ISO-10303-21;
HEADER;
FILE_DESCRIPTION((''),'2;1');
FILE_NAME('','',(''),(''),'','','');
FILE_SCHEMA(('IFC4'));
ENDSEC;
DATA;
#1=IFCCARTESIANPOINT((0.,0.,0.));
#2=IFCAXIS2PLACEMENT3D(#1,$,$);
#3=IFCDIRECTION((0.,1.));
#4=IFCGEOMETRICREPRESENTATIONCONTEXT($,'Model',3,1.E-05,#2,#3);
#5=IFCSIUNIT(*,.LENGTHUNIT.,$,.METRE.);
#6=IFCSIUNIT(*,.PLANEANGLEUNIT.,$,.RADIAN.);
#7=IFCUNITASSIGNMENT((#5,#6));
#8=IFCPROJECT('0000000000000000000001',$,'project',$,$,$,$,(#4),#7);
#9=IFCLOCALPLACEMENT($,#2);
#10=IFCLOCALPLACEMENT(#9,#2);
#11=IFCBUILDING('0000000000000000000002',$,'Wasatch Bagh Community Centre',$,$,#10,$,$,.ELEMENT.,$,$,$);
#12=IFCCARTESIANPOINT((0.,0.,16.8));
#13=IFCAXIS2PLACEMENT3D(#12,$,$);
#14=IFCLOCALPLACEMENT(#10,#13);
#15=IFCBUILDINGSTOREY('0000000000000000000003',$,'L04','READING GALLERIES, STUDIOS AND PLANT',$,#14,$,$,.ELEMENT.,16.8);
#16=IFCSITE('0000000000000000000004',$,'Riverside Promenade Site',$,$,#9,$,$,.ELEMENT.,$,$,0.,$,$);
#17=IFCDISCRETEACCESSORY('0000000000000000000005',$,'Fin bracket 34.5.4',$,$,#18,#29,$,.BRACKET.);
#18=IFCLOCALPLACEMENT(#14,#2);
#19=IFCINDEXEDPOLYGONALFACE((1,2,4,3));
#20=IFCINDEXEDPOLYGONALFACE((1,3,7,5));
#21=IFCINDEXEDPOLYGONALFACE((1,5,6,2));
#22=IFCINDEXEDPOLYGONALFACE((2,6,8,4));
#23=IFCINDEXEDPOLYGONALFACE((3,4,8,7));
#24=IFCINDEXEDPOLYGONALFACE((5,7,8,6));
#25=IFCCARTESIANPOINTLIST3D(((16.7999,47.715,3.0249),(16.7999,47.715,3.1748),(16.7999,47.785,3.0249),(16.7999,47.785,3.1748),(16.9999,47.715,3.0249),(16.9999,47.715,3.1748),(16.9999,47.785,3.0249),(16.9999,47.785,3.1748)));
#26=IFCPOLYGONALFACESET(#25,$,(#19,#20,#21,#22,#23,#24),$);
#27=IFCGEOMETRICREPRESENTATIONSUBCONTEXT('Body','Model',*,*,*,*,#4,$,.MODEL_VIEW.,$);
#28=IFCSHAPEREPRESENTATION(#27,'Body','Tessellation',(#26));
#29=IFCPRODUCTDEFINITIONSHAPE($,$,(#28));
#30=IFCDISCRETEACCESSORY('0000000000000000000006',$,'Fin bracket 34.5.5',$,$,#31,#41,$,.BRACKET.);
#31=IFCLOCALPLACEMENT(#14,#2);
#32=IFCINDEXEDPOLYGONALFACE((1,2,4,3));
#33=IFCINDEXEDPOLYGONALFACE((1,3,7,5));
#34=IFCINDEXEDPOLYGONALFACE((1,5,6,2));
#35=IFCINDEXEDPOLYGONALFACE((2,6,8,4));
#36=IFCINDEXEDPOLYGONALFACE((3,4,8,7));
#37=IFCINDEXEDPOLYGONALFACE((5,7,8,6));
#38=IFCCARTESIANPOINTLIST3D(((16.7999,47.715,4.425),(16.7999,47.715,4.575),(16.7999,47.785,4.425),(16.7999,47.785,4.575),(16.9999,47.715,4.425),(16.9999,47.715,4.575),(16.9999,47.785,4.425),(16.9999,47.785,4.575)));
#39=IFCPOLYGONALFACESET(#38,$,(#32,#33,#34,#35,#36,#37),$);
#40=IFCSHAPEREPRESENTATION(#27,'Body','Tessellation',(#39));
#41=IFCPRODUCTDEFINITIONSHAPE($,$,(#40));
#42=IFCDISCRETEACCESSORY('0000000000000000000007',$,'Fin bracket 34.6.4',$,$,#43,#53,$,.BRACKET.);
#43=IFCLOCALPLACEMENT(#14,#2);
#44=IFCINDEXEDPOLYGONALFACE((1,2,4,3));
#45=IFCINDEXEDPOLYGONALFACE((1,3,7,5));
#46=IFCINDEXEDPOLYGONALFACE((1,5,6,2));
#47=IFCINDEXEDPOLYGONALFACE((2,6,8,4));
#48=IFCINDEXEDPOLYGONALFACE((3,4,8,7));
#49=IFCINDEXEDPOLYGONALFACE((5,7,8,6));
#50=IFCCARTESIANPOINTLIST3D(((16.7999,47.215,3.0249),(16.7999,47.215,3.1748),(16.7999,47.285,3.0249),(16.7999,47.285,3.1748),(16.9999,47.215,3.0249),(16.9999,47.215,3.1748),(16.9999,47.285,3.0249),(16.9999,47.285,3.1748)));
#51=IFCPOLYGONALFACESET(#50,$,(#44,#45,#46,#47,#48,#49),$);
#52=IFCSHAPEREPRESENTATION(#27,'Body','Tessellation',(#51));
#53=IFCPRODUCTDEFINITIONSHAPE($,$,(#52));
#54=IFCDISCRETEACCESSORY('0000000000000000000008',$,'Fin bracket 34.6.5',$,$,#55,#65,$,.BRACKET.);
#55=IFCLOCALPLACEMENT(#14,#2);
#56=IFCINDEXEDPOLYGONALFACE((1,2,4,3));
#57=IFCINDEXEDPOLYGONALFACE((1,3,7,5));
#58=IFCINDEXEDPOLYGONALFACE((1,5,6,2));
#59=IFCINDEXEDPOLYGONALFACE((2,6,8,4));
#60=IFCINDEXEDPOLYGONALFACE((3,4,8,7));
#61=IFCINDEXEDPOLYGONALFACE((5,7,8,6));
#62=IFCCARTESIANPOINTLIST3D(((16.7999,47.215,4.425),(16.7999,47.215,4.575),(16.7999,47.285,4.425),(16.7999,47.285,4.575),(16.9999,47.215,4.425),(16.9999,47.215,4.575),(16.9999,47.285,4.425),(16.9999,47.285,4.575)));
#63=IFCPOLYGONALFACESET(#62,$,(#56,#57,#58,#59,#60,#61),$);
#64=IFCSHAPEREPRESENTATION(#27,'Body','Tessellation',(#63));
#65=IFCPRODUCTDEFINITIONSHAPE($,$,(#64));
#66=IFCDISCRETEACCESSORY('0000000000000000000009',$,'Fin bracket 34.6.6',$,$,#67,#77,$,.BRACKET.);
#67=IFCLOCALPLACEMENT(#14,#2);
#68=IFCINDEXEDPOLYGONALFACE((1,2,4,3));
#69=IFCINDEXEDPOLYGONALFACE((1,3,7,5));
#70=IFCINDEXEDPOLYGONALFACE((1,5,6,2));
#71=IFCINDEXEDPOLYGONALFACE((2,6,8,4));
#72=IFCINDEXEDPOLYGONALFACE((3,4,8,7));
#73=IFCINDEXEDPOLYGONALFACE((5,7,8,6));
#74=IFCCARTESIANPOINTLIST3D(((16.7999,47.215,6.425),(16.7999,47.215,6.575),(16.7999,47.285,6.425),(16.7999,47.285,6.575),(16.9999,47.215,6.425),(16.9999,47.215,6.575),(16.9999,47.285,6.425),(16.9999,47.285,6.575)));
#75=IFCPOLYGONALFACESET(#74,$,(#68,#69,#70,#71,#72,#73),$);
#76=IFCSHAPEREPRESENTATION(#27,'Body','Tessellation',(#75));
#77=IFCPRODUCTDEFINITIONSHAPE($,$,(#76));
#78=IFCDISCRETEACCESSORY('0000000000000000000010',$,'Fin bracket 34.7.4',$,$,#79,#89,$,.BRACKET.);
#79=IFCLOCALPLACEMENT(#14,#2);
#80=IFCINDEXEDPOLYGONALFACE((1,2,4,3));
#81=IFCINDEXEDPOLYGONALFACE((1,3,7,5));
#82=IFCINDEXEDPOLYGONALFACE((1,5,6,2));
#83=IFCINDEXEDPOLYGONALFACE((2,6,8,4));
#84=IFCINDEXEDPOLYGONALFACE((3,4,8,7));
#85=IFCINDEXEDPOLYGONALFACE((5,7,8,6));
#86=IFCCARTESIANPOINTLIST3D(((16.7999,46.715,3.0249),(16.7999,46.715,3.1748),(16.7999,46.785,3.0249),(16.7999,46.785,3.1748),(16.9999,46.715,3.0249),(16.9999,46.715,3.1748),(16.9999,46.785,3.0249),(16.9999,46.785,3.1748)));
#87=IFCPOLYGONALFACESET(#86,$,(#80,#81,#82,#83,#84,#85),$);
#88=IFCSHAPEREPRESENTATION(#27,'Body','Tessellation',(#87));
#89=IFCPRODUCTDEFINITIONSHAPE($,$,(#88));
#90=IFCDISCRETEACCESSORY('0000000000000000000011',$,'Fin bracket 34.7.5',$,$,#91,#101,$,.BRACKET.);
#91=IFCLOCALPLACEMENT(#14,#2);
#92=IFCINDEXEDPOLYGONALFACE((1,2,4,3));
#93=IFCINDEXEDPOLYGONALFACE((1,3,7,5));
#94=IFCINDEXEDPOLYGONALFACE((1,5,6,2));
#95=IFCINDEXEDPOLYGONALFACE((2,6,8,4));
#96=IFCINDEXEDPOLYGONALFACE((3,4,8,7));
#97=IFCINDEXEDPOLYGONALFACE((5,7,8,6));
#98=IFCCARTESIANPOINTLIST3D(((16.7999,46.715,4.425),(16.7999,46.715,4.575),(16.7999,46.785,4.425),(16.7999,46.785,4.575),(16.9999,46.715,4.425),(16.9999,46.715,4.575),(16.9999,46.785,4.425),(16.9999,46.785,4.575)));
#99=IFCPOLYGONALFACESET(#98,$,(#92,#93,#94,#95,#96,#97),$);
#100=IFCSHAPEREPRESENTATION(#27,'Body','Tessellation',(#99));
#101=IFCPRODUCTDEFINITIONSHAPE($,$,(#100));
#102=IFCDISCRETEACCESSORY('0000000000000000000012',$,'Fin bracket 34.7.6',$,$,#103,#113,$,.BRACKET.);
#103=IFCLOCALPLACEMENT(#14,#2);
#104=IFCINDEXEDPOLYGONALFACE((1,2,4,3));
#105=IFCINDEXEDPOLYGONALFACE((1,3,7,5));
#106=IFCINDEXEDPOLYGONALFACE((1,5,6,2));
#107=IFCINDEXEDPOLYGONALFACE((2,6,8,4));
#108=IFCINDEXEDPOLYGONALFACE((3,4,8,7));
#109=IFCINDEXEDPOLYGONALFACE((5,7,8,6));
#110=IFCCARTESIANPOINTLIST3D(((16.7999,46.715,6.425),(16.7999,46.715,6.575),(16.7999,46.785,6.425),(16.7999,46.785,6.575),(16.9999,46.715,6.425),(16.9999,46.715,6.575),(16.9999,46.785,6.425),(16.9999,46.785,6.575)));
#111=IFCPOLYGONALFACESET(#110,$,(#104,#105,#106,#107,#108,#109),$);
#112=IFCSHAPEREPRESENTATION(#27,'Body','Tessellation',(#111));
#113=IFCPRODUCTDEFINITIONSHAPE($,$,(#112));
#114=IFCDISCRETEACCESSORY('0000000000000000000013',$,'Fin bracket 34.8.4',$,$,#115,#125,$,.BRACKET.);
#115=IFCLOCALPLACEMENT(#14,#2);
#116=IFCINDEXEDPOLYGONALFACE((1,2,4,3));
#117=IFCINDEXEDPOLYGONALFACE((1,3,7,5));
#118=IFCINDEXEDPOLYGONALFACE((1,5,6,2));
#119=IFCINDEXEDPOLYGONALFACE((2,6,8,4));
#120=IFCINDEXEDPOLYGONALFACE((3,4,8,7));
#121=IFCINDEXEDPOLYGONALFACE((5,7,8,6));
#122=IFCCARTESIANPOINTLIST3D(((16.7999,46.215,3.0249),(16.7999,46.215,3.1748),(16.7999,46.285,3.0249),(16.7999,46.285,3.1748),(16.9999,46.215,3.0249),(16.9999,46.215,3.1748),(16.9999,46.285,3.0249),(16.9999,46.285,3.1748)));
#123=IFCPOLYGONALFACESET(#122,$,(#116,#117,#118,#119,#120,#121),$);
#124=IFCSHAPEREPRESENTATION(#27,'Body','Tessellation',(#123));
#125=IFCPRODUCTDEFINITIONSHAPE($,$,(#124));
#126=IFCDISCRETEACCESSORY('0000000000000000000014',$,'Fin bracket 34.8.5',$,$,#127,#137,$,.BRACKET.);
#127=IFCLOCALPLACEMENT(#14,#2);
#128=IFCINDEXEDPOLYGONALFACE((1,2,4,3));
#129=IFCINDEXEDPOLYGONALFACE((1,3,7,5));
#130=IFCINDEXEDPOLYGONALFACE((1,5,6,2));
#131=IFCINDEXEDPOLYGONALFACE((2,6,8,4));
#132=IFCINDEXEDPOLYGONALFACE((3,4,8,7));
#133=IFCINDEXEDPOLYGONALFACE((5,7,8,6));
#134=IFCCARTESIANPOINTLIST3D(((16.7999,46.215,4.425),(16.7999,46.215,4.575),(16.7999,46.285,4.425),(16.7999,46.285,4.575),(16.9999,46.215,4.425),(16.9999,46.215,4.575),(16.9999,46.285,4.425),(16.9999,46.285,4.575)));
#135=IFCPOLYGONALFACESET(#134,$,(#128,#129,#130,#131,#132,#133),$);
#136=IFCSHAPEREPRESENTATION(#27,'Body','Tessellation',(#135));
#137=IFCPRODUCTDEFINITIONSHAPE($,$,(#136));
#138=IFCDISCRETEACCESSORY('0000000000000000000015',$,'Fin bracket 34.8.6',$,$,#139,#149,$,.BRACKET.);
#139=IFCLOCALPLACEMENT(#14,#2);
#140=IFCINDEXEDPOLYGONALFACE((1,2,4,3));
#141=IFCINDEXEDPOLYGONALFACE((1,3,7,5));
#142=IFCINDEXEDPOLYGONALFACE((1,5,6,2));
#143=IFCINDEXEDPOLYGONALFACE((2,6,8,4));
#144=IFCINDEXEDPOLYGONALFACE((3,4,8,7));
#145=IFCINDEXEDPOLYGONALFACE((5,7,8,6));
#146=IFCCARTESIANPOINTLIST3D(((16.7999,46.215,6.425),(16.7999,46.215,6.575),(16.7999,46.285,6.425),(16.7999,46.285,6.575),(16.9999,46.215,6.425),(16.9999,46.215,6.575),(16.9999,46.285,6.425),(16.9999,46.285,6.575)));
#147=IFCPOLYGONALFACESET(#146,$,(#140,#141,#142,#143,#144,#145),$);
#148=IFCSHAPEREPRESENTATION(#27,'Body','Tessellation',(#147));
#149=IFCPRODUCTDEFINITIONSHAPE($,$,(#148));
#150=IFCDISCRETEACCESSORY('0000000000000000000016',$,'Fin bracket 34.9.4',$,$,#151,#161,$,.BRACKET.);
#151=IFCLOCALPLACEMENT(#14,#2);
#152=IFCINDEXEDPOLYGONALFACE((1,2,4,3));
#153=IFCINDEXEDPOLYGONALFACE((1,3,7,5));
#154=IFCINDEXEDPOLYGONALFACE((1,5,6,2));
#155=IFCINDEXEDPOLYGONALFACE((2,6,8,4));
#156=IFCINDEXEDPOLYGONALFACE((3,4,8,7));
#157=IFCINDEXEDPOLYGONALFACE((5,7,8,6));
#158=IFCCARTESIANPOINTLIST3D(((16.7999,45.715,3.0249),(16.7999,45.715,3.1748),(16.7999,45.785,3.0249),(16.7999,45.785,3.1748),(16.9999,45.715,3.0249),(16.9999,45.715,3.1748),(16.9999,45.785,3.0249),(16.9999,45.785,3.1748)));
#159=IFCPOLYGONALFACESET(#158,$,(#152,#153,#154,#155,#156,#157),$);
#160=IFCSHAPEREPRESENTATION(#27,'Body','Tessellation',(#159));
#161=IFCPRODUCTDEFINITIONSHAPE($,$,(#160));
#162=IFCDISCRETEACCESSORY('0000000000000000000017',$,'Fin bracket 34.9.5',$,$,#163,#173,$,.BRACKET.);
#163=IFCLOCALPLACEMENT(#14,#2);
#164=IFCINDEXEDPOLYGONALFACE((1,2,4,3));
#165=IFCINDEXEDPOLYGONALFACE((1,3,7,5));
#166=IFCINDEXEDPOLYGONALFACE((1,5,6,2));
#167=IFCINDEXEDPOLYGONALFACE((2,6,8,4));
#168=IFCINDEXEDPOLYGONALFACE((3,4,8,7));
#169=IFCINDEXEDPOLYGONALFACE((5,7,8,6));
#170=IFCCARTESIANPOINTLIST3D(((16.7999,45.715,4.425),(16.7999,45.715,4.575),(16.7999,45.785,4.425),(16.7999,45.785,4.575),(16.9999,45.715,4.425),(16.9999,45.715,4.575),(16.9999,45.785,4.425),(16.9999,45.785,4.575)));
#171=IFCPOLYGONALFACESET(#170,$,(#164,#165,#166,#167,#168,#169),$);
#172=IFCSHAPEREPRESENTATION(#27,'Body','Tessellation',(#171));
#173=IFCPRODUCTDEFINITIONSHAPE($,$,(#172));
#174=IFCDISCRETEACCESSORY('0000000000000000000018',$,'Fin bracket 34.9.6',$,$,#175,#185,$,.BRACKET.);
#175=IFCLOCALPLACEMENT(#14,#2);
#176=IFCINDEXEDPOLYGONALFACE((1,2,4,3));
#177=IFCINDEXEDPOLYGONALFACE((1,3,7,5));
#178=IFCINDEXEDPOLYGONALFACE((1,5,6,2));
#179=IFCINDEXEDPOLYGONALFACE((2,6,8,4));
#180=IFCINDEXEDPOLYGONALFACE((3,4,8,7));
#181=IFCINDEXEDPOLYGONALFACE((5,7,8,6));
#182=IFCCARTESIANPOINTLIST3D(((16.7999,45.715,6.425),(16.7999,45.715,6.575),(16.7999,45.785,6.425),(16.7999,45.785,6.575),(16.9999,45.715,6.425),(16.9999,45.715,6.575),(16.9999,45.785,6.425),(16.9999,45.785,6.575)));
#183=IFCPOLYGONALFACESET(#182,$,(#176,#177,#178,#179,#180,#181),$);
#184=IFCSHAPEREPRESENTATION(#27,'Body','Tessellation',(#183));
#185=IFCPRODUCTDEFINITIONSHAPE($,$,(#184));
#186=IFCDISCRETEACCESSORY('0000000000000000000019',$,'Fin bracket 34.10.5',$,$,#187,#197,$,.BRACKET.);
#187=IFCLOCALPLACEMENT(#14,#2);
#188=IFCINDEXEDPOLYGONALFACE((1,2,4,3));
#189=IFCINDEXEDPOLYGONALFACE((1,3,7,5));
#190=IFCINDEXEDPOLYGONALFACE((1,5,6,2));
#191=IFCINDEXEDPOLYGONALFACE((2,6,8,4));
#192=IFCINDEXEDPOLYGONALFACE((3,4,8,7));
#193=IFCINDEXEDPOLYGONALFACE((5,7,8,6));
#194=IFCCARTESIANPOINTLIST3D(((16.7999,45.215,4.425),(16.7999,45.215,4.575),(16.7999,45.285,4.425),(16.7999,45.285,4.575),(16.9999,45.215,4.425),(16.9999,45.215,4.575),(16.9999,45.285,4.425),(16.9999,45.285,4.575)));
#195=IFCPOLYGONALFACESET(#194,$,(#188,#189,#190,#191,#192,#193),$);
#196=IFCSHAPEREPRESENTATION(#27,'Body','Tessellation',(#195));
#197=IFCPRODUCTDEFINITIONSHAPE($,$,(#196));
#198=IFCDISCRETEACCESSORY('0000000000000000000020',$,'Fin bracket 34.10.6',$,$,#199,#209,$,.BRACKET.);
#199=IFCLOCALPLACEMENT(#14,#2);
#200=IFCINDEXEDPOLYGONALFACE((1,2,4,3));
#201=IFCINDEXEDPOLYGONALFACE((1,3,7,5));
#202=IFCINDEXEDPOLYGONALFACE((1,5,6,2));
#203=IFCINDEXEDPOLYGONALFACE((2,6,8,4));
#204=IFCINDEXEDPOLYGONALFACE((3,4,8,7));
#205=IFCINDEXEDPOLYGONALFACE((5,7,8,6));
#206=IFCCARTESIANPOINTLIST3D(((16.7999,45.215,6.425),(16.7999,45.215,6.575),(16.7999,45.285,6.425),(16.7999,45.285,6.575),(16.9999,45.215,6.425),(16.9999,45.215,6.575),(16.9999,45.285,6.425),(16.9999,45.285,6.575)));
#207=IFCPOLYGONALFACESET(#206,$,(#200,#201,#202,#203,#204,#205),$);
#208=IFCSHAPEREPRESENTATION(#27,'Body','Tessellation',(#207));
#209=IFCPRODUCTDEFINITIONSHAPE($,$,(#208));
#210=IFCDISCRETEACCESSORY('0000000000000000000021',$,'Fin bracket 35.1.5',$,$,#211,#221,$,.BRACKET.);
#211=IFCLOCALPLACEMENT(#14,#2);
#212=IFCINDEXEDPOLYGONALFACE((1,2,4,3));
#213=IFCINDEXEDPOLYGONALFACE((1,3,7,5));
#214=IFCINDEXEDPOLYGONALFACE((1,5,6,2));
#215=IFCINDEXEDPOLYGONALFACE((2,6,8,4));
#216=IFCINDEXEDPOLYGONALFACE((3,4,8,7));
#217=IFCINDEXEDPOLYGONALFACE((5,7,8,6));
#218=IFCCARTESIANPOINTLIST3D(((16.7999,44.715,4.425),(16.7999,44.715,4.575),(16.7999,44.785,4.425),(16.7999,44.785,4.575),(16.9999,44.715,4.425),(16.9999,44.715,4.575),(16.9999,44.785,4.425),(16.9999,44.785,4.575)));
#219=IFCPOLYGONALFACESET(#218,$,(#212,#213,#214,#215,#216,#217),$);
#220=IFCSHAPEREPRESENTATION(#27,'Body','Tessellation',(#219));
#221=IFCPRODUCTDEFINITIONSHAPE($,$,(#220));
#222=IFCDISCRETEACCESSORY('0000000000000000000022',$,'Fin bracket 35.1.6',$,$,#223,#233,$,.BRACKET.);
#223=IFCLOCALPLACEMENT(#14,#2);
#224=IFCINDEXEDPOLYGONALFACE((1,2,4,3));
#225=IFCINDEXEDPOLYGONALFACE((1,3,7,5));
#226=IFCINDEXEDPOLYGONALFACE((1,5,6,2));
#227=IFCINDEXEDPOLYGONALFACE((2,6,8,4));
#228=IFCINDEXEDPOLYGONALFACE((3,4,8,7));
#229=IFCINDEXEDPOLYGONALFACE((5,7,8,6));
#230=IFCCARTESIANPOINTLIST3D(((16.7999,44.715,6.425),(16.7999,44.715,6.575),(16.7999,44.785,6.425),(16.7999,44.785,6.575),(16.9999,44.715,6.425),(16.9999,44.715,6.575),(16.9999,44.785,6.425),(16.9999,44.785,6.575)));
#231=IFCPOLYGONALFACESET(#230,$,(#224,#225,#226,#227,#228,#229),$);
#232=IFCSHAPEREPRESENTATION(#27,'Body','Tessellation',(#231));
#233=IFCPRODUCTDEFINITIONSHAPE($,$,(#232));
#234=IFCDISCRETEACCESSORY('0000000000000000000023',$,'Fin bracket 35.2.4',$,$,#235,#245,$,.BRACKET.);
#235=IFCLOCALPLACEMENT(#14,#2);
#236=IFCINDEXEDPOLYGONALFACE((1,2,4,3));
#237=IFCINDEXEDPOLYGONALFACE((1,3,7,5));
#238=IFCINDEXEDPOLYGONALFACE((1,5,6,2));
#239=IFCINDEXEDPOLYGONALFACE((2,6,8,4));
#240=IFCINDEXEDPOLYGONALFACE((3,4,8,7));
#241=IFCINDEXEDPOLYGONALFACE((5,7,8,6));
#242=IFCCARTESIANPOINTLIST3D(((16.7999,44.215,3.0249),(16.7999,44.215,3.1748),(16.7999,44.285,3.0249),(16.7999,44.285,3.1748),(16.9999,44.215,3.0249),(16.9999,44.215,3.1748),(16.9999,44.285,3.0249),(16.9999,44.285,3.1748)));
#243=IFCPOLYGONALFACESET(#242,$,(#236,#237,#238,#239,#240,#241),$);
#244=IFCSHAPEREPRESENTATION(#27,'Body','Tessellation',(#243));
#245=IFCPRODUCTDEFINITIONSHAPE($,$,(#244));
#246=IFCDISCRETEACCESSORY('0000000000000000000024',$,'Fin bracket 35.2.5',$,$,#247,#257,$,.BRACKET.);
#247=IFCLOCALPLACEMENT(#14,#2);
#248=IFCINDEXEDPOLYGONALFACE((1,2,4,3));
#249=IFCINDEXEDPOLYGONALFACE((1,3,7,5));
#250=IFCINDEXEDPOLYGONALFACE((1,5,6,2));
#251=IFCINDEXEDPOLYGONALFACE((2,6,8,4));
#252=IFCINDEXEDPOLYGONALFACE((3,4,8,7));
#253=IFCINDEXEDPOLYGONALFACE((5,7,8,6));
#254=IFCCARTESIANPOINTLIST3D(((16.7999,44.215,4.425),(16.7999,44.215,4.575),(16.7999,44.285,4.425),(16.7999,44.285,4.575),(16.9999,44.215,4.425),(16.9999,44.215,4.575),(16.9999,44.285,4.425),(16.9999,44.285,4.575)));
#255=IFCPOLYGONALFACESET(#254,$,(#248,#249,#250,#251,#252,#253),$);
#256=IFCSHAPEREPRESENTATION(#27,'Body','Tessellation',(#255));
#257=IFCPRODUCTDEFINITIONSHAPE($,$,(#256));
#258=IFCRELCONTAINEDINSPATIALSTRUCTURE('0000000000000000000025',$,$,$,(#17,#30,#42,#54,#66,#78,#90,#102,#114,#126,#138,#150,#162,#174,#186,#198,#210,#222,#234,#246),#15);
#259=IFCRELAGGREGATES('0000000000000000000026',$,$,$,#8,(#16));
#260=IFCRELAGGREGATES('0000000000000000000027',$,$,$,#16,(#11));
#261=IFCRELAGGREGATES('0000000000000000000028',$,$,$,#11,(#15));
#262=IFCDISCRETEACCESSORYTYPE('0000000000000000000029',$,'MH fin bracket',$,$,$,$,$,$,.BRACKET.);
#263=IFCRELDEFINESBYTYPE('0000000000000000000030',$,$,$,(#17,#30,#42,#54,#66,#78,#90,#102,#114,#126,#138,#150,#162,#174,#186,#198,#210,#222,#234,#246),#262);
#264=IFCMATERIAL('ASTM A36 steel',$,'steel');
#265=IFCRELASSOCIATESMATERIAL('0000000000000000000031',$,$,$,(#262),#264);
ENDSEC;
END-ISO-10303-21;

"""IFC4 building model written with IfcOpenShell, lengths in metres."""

from ifc_helpers import new_model, si_unit, direction, frame, origin, origin_2d, place, context, subcontext, project, spatial, rectangle, extrude, material, type_object, element, save


model = new_model("IFC4")

# Units and contexts
model_context = context("Model", 3, precision=1e-05, world=origin(), true_north=direction((0.0, 1.0)))
body_context = subcontext(model_context, "Body", "Model", "MODEL_VIEW")
ifc_project = project(units=[si_unit("LENGTHUNIT", "METRE"), si_unit("PLANEANGLEUNIT", "RADIAN")], contexts=[model_context])

# Site, building, storey
site_placement = place(None, origin())
site = spatial("IfcSite", under=ifc_project, at=site_placement, Name="Riverside Promenade Site", CompositionType="ELEMENT", RefElevation=0.0)
building_placement = place(site_placement, origin())
building = spatial("IfcBuilding", under=site, at=building_placement, Name="Wasatch Bagh Community Centre", CompositionType="ELEMENT")
storey_placement = place(building_placement, frame((0.0, 0.0, 16.8)))
storey = spatial("IfcBuildingStorey", under=building, at=storey_placement, Name="L04", Description="READING GALLERIES, STUDIOS AND PLANT", CompositionType="ELEMENT", Elevation=16.8)

# Discrete accessories
ifc_material = material(Name="ASTM A36 steel", Category="steel")
discrete_accessory_type = type_object("IfcDiscreteAccessoryType", Name="MH fin bracket", PredefinedType="BRACKET", material=ifc_material)
for number, where, z_axis, x_axis, name in (
    (1, (16.8999, 47.75, 3.0249), (0.0, 0.0, 1.0), (0.0, -1.0, 0.0), "Fin bracket 34.5.4"),
    (2, (16.8999, 47.75, 4.425), (0.0, 0.0, 1.0), (0.0, -1.0, 0.0), "Fin bracket 34.5.5"),
    (3, (16.8999, 47.25, 3.0249), (0.0, 0.0, 1.0), (0.0, -1.0, 0.0), "Fin bracket 34.6.4"),
    (4, (16.8999, 47.25, 4.425), (0.0, 0.0, 1.0), (0.0, -1.0, 0.0), "Fin bracket 34.6.5"),
    (5, (16.8999, 47.25, 6.425), (0.0, 0.0, 1.0), (0.0, -1.0, 0.0), "Fin bracket 34.6.6"),
    (6, (16.8999, 46.75, 3.0249), (0.0, 0.0, 1.0), (0.0, -1.0, 0.0), "Fin bracket 34.7.4"),
    (7, (16.8999, 46.75, 4.425), (0.0, 0.0, 1.0), (0.0, -1.0, 0.0), "Fin bracket 34.7.5"),
    (8, (16.8999, 46.75, 6.425), (0.0, 0.0, 1.0), (0.0, -1.0, 0.0), "Fin bracket 34.7.6"),
    (9, (16.8999, 46.25, 3.0249), (0.0, 0.0, 1.0), (0.0, -1.0, 0.0), "Fin bracket 34.8.4"),
    (10, (16.8999, 46.25, 4.425), (0.0, 0.0, 1.0), (0.0, -1.0, 0.0), "Fin bracket 34.8.5"),
    (11, (16.8999, 46.25, 6.425), (0.0, 0.0, 1.0), (0.0, -1.0, 0.0), "Fin bracket 34.8.6"),
    (12, (16.8999, 45.75, 3.0249), (0.0, 0.0, 1.0), (0.0, -1.0, 0.0), "Fin bracket 34.9.4"),
    (13, (16.8999, 45.75, 4.425), (0.0, 0.0, 1.0), (0.0, -1.0, 0.0), "Fin bracket 34.9.5"),
    (14, (16.8999, 45.75, 6.425), (0.0, 0.0, 1.0), (0.0, -1.0, 0.0), "Fin bracket 34.9.6"),
    (15, (16.8999, 45.25, 4.425), (0.0, 0.0, 1.0), (0.0, -1.0, 0.0), "Fin bracket 34.10.5"),
    (16, (16.8999, 45.25, 6.425), (0.0, 0.0, 1.0), (0.0, -1.0, 0.0), "Fin bracket 34.10.6"),
    (17, (16.8999, 44.75, 4.425), (0.0, 0.0, 1.0), (0.0, -1.0, 0.0), "Fin bracket 35.1.5"),
    (18, (16.8999, 44.75, 6.425), (0.0, 0.0, 1.0), (0.0, -1.0, 0.0), "Fin bracket 35.1.6"),
    (19, (16.8999, 44.25, 3.0249), (0.0, 0.0, 1.0), (0.0, -1.0, 0.0), "Fin bracket 35.2.4"),
    (20, (16.8999, 44.25, 4.425), (0.0, 0.0, 1.0), (0.0, -1.0, 0.0), "Fin bracket 35.2.5"),
):
    element("IfcDiscreteAccessory", number, at=place(storey_placement, frame(where, z_axis=z_axis, x_axis=x_axis)), inside=storey, type_object=discrete_accessory_type, Name=name, PredefinedType="BRACKET", context=body_context, shape_type="SweptSolid", body=[
        extrude(rectangle(XDim=0.0701, YDim=0.2, at=origin_2d()), origin(), (0.0, 0.0, 1.0), 0.1499),
    ])

save(model, "model.ifc")
